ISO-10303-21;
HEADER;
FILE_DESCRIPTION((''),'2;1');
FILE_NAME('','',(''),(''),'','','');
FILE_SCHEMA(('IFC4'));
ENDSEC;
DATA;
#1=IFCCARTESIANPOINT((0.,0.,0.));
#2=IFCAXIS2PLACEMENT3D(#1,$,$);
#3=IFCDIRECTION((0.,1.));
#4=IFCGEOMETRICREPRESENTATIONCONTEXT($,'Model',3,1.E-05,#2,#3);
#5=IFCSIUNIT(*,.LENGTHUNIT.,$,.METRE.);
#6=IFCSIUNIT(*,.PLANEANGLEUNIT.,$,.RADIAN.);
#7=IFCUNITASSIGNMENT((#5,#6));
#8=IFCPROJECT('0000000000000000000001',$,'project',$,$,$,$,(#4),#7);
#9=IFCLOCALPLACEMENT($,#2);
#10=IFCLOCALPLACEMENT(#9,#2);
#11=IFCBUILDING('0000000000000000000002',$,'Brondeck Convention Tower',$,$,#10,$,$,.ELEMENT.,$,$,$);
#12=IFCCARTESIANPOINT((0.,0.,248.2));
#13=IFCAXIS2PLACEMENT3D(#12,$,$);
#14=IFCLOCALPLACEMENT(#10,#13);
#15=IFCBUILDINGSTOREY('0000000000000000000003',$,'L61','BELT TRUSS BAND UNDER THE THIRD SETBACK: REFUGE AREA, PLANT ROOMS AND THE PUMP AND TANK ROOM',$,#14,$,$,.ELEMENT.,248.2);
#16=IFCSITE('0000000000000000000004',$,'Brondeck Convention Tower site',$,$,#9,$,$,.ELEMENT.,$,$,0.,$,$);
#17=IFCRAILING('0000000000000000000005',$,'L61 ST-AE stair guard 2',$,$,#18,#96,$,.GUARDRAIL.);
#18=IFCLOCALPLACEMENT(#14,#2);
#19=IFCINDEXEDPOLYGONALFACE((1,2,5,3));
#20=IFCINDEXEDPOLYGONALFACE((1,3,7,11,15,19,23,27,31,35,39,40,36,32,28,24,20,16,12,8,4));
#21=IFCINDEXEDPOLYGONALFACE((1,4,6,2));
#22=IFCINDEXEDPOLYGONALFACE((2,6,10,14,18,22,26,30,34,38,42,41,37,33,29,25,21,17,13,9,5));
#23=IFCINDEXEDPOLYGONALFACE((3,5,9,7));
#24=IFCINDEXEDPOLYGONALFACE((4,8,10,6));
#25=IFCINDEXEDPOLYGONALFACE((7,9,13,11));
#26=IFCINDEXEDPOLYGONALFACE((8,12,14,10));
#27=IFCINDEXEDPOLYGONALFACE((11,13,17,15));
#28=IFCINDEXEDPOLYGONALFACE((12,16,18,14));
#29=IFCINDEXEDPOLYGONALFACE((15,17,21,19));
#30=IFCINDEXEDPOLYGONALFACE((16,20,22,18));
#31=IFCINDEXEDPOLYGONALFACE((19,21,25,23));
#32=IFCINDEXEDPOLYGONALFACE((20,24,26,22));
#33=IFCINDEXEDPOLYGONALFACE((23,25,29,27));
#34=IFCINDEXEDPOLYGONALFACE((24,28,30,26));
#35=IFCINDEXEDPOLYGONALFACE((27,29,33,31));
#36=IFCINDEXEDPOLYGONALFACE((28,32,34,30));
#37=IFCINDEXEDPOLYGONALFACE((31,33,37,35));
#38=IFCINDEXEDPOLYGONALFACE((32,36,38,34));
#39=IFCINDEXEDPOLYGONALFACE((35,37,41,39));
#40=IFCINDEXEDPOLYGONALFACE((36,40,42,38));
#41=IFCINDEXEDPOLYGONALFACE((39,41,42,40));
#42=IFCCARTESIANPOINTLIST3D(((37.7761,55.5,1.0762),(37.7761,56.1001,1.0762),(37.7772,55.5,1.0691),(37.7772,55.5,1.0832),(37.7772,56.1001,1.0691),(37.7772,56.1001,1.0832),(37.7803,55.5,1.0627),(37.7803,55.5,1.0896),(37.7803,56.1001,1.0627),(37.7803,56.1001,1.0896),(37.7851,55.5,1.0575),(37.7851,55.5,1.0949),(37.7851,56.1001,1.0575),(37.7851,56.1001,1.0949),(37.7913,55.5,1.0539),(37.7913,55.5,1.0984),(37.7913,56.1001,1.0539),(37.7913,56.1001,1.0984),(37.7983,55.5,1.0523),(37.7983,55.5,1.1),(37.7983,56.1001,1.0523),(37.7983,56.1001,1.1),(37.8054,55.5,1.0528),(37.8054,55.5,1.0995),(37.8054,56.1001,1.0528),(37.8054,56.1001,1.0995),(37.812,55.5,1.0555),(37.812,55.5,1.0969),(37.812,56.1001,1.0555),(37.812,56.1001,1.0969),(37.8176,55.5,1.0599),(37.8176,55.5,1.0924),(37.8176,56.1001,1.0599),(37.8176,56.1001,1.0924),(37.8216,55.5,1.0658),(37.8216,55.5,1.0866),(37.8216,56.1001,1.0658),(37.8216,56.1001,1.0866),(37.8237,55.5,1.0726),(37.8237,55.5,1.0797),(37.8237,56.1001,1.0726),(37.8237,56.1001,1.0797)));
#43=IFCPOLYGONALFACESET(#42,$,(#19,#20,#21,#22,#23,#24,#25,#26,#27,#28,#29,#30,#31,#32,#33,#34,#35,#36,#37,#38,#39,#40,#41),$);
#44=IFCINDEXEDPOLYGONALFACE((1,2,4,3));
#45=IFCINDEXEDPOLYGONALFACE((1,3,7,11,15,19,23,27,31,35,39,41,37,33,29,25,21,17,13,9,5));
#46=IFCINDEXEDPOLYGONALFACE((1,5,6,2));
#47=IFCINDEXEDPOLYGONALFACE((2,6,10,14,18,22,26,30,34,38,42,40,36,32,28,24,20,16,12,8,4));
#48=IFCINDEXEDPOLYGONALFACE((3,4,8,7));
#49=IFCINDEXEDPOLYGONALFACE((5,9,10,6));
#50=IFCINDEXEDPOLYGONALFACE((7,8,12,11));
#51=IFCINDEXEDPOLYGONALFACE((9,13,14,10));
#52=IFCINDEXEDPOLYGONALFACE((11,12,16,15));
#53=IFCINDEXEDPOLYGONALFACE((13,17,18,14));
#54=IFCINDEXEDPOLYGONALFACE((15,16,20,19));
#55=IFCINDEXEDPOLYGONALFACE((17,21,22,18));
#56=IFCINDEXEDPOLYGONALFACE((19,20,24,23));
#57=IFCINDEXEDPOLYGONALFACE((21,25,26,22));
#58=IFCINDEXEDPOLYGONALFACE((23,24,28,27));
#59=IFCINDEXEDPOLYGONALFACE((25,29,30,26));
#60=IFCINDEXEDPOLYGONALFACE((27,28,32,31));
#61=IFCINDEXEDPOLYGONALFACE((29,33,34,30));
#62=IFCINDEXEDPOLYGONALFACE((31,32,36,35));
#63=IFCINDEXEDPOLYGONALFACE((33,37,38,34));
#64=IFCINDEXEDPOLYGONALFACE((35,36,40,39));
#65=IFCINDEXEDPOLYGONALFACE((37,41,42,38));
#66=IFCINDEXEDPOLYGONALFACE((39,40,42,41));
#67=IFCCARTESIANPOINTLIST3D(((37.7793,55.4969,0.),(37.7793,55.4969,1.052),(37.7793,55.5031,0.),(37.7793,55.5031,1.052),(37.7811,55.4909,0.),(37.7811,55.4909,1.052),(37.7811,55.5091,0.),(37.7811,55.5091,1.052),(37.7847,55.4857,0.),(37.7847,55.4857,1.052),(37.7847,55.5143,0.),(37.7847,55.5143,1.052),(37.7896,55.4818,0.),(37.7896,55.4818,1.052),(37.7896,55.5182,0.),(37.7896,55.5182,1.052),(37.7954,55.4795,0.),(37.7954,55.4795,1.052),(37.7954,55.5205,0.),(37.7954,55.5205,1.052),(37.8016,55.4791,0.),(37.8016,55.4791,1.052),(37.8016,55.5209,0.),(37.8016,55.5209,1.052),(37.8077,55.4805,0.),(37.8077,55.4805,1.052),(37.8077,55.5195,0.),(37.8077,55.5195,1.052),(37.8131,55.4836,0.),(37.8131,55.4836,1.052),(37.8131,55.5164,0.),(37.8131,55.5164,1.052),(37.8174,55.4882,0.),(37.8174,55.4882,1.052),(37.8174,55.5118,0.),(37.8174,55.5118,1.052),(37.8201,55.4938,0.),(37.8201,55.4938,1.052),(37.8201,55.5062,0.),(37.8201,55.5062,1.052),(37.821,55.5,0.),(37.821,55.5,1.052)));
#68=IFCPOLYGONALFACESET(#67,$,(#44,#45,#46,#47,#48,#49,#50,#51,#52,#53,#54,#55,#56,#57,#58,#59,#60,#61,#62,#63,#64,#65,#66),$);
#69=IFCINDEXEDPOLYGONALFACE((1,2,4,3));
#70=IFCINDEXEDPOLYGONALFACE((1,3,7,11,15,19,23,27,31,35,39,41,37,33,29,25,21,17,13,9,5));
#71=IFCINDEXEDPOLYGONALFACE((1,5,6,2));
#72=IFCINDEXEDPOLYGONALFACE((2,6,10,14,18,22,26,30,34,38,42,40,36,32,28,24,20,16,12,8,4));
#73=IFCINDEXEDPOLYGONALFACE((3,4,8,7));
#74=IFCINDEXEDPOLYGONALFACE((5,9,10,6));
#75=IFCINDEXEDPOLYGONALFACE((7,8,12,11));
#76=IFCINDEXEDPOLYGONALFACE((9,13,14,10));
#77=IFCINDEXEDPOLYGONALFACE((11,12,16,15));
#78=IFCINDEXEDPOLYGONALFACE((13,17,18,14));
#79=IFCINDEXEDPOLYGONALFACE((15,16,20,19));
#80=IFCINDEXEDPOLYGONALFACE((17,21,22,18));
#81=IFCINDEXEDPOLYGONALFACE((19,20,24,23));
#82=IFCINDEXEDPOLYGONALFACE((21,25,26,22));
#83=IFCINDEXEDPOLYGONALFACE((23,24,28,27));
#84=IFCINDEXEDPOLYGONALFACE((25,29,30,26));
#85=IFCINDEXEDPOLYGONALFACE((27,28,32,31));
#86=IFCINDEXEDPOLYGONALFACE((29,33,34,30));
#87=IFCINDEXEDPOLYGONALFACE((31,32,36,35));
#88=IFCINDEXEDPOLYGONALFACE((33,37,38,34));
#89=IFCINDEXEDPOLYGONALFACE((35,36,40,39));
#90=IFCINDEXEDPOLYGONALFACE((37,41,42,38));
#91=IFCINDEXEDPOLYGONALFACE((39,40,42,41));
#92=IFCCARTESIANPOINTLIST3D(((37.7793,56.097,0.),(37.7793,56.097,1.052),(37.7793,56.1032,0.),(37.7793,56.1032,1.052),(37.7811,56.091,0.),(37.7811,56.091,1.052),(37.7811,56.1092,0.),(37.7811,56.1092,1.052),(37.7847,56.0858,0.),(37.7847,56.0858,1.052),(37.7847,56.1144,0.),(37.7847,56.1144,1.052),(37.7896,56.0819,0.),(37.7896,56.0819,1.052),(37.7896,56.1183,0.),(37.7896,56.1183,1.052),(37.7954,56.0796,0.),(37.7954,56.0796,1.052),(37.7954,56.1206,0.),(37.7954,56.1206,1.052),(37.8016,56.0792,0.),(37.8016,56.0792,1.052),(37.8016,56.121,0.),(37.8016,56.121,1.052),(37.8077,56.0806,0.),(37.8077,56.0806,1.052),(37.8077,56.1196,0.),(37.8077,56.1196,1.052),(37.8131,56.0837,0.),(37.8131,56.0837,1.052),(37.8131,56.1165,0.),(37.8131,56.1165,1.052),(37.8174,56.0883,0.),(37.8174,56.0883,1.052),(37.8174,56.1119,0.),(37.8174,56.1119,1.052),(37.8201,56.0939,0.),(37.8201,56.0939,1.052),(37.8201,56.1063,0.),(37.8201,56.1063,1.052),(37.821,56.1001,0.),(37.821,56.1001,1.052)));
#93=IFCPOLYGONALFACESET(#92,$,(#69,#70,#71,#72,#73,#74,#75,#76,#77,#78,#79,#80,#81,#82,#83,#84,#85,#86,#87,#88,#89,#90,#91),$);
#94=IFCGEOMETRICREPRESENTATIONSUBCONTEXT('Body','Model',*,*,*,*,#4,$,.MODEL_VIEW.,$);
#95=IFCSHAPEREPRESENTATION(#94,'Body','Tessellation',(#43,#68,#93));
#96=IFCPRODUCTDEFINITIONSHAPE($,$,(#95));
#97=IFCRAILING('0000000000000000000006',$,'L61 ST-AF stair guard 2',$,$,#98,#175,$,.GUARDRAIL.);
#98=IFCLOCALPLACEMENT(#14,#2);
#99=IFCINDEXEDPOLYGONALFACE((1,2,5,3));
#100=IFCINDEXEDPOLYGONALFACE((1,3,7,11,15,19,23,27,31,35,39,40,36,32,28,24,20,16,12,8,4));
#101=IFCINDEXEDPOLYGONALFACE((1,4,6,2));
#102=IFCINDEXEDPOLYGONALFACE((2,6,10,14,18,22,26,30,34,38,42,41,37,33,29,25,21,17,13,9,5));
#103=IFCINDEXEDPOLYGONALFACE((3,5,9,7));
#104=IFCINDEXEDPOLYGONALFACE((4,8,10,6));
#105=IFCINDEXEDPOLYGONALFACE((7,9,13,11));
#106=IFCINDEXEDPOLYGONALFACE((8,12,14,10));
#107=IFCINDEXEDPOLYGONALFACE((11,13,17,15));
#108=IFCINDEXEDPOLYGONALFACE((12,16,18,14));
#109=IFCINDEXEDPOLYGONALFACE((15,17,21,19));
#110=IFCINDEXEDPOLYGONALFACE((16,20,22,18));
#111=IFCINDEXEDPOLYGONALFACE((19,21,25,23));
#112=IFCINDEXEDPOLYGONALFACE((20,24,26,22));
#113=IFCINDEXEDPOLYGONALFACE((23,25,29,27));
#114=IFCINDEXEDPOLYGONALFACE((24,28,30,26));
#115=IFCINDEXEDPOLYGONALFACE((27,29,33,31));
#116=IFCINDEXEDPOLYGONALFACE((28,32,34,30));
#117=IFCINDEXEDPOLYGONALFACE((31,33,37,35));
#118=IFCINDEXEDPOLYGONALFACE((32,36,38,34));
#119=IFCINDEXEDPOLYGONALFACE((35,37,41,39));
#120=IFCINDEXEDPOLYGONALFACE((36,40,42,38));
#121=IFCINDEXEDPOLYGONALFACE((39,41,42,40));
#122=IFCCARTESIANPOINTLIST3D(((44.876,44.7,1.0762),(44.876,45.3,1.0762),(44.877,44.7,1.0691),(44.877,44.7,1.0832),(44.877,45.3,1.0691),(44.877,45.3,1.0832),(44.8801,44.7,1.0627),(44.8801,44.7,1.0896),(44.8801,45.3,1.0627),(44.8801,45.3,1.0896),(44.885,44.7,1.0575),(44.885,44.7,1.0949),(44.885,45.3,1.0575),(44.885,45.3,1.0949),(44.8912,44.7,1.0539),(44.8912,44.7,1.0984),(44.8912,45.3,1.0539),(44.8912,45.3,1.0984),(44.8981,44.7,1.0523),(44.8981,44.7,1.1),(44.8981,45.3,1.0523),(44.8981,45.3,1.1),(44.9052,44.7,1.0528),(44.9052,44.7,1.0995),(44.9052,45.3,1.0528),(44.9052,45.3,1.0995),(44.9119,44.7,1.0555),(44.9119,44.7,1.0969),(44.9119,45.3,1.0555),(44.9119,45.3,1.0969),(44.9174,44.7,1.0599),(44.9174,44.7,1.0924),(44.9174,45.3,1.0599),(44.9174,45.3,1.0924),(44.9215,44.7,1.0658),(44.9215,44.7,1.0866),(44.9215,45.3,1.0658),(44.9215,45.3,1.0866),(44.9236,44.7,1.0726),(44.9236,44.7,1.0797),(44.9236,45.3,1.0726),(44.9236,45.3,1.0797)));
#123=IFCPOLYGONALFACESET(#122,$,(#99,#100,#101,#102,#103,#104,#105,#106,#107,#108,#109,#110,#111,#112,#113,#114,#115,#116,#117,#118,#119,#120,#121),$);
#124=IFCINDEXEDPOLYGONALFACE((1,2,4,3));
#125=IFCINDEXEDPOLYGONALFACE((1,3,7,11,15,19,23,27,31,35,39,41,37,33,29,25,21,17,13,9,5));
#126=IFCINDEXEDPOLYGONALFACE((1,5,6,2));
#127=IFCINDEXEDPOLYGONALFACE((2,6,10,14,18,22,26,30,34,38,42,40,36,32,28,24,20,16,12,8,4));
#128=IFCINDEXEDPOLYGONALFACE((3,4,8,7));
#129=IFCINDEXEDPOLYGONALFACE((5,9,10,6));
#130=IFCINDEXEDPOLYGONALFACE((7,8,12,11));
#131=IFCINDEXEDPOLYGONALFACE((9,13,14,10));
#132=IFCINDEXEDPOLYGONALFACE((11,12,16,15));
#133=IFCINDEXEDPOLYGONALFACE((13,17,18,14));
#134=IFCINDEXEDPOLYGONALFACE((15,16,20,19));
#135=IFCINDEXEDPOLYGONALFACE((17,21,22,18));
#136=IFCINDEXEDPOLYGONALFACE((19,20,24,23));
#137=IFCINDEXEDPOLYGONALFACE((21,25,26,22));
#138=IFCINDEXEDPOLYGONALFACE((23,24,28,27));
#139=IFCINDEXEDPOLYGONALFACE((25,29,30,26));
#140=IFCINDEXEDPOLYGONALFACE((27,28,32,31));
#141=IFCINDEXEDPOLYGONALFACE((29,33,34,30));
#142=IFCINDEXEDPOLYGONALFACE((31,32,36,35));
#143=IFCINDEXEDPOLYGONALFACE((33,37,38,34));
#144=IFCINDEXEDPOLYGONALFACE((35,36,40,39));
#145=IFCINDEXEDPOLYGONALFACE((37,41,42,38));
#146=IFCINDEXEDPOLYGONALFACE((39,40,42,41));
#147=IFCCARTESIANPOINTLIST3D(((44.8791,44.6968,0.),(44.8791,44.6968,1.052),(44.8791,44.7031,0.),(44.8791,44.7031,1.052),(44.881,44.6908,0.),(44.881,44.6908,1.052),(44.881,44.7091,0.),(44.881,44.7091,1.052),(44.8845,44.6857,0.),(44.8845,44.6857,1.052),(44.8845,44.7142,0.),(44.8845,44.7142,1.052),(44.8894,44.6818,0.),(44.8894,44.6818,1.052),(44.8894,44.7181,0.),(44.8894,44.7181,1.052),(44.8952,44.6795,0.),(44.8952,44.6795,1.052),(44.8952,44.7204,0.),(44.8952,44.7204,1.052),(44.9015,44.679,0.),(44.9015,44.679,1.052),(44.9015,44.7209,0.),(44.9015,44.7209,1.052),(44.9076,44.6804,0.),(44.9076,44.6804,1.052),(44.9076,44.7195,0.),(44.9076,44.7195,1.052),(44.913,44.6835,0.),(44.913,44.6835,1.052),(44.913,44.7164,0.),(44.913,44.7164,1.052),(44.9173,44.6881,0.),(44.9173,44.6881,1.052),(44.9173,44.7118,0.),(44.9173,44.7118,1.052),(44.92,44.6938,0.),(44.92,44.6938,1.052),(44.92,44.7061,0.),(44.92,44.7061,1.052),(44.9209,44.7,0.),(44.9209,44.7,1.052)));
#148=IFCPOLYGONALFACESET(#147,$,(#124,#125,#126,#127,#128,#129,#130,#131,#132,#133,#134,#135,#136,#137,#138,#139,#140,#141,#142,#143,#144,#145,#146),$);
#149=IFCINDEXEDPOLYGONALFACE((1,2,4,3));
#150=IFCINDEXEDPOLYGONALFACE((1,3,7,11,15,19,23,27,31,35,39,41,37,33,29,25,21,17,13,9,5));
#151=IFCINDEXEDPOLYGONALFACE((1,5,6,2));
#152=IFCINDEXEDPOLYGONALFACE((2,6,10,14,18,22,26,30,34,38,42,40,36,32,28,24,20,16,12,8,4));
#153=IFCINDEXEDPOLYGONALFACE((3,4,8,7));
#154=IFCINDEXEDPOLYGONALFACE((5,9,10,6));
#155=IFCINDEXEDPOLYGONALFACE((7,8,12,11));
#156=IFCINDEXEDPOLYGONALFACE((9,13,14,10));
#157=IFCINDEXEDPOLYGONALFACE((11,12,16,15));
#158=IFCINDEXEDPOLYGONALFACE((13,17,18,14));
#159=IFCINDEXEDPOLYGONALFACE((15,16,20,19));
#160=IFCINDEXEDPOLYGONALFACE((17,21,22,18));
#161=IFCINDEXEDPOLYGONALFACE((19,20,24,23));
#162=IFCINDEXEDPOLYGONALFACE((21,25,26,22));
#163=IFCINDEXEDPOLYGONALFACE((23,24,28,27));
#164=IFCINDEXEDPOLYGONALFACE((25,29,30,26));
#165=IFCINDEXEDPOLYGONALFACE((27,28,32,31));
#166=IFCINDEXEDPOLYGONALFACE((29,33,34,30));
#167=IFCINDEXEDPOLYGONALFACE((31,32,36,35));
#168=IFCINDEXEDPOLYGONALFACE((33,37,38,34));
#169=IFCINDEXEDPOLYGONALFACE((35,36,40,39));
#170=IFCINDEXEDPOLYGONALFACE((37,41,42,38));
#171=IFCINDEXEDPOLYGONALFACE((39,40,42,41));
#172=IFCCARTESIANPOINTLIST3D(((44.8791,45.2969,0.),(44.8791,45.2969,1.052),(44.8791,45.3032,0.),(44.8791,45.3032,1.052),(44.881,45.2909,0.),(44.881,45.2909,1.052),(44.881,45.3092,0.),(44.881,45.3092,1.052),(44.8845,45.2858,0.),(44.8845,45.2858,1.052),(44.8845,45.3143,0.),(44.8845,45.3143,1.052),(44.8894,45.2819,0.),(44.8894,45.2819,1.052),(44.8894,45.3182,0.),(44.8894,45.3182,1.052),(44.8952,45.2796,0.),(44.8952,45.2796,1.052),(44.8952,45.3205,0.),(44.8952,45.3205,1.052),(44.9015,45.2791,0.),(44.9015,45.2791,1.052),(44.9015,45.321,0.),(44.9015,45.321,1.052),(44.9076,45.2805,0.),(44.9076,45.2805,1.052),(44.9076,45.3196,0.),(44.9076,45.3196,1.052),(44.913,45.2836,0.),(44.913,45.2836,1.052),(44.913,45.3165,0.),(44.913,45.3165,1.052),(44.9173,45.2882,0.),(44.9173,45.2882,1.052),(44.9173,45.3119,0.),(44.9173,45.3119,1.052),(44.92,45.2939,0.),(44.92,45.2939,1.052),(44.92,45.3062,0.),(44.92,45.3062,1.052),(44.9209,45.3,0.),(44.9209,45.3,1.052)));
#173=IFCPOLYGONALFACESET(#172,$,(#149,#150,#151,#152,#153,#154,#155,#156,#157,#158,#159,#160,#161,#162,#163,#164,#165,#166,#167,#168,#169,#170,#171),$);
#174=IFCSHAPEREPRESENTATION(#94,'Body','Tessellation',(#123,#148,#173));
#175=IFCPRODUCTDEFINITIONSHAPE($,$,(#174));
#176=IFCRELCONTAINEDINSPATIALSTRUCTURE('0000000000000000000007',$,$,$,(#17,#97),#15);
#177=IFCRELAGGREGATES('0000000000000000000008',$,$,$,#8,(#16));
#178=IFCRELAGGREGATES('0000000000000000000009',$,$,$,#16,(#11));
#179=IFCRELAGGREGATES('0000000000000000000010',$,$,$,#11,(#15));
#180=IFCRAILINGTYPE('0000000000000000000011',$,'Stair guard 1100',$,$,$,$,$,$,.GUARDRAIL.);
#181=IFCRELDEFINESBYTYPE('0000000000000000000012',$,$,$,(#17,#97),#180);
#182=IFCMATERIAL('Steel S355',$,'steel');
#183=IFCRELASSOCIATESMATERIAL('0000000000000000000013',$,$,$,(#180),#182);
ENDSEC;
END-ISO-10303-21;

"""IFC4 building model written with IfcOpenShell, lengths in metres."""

from ifc_helpers import new_model, si_unit, direction, frame, origin, origin_2d, place, context, subcontext, project, spatial, circle, extrude, material, type_object, element, save


model = new_model("IFC4")

# Units and contexts
model_context = context("Model", 3, precision=1e-05, world=origin(), true_north=direction((0.0, 1.0)))
body_context = subcontext(model_context, "Body", "Model", "MODEL_VIEW")
ifc_project = project(units=[si_unit("LENGTHUNIT", "METRE"), si_unit("PLANEANGLEUNIT", "RADIAN")], contexts=[model_context])

# Site, building, storey
site_placement = place(None, origin())
site = spatial("IfcSite", under=ifc_project, at=site_placement, Name="Brondeck Convention Tower site", CompositionType="ELEMENT", RefElevation=0.0)
building_placement = place(site_placement, origin())
building = spatial("IfcBuilding", under=site, at=building_placement, Name="Brondeck Convention Tower", CompositionType="ELEMENT")
storey_placement = place(building_placement, frame((0.0, 0.0, 248.2)))
storey = spatial("IfcBuildingStorey", under=building, at=storey_placement, Name="L61", Description="BELT TRUSS BAND UNDER THE THIRD SETBACK: REFUGE AREA, PLANT ROOMS AND THE PUMP AND TANK ROOM", CompositionType="ELEMENT", Elevation=248.2)

# Shared definitions
ifc_material_1 = material(Name="Steel S355", Category="steel")

# Railings
railing_type_1 = type_object("IfcRailingType", Name="Stair guard 1100", PredefinedType="GUARDRAIL", material=ifc_material_1)
for number, where, name in (
    (1, (37.8, 55.5, 0.0), "L61 ST-AE stair guard 2"),
    (2, (44.8999, 44.7, 0.0), "L61 ST-AF stair guard 2"),
):
    element("IfcRailing", number, at=place(storey_placement, frame(where)), inside=storey, type_object=railing_type_1, Name=name, PredefinedType="GUARDRAIL", context=body_context, shape_type="SweptSolid", body=[
        extrude(circle(Radius=0.0239, at=origin_2d()), frame((0.0, 0.0, 1.0762), z_axis=(0.0, 1.0, 0.0), x_axis=(-1.0, 0.0, 0.0)), (0.0, 0.0, 1.0), 0.6001),
        extrude(circle(Radius=0.021, at=origin_2d()), origin(), (0.0, 0.0, 1.0), 1.052),
        extrude(circle(Radius=0.021, at=origin_2d()), frame((0.0, 0.6001, 0.0)), (0.0, 0.0, 1.0), 1.052),
    ])

save(model, "model.ifc")
